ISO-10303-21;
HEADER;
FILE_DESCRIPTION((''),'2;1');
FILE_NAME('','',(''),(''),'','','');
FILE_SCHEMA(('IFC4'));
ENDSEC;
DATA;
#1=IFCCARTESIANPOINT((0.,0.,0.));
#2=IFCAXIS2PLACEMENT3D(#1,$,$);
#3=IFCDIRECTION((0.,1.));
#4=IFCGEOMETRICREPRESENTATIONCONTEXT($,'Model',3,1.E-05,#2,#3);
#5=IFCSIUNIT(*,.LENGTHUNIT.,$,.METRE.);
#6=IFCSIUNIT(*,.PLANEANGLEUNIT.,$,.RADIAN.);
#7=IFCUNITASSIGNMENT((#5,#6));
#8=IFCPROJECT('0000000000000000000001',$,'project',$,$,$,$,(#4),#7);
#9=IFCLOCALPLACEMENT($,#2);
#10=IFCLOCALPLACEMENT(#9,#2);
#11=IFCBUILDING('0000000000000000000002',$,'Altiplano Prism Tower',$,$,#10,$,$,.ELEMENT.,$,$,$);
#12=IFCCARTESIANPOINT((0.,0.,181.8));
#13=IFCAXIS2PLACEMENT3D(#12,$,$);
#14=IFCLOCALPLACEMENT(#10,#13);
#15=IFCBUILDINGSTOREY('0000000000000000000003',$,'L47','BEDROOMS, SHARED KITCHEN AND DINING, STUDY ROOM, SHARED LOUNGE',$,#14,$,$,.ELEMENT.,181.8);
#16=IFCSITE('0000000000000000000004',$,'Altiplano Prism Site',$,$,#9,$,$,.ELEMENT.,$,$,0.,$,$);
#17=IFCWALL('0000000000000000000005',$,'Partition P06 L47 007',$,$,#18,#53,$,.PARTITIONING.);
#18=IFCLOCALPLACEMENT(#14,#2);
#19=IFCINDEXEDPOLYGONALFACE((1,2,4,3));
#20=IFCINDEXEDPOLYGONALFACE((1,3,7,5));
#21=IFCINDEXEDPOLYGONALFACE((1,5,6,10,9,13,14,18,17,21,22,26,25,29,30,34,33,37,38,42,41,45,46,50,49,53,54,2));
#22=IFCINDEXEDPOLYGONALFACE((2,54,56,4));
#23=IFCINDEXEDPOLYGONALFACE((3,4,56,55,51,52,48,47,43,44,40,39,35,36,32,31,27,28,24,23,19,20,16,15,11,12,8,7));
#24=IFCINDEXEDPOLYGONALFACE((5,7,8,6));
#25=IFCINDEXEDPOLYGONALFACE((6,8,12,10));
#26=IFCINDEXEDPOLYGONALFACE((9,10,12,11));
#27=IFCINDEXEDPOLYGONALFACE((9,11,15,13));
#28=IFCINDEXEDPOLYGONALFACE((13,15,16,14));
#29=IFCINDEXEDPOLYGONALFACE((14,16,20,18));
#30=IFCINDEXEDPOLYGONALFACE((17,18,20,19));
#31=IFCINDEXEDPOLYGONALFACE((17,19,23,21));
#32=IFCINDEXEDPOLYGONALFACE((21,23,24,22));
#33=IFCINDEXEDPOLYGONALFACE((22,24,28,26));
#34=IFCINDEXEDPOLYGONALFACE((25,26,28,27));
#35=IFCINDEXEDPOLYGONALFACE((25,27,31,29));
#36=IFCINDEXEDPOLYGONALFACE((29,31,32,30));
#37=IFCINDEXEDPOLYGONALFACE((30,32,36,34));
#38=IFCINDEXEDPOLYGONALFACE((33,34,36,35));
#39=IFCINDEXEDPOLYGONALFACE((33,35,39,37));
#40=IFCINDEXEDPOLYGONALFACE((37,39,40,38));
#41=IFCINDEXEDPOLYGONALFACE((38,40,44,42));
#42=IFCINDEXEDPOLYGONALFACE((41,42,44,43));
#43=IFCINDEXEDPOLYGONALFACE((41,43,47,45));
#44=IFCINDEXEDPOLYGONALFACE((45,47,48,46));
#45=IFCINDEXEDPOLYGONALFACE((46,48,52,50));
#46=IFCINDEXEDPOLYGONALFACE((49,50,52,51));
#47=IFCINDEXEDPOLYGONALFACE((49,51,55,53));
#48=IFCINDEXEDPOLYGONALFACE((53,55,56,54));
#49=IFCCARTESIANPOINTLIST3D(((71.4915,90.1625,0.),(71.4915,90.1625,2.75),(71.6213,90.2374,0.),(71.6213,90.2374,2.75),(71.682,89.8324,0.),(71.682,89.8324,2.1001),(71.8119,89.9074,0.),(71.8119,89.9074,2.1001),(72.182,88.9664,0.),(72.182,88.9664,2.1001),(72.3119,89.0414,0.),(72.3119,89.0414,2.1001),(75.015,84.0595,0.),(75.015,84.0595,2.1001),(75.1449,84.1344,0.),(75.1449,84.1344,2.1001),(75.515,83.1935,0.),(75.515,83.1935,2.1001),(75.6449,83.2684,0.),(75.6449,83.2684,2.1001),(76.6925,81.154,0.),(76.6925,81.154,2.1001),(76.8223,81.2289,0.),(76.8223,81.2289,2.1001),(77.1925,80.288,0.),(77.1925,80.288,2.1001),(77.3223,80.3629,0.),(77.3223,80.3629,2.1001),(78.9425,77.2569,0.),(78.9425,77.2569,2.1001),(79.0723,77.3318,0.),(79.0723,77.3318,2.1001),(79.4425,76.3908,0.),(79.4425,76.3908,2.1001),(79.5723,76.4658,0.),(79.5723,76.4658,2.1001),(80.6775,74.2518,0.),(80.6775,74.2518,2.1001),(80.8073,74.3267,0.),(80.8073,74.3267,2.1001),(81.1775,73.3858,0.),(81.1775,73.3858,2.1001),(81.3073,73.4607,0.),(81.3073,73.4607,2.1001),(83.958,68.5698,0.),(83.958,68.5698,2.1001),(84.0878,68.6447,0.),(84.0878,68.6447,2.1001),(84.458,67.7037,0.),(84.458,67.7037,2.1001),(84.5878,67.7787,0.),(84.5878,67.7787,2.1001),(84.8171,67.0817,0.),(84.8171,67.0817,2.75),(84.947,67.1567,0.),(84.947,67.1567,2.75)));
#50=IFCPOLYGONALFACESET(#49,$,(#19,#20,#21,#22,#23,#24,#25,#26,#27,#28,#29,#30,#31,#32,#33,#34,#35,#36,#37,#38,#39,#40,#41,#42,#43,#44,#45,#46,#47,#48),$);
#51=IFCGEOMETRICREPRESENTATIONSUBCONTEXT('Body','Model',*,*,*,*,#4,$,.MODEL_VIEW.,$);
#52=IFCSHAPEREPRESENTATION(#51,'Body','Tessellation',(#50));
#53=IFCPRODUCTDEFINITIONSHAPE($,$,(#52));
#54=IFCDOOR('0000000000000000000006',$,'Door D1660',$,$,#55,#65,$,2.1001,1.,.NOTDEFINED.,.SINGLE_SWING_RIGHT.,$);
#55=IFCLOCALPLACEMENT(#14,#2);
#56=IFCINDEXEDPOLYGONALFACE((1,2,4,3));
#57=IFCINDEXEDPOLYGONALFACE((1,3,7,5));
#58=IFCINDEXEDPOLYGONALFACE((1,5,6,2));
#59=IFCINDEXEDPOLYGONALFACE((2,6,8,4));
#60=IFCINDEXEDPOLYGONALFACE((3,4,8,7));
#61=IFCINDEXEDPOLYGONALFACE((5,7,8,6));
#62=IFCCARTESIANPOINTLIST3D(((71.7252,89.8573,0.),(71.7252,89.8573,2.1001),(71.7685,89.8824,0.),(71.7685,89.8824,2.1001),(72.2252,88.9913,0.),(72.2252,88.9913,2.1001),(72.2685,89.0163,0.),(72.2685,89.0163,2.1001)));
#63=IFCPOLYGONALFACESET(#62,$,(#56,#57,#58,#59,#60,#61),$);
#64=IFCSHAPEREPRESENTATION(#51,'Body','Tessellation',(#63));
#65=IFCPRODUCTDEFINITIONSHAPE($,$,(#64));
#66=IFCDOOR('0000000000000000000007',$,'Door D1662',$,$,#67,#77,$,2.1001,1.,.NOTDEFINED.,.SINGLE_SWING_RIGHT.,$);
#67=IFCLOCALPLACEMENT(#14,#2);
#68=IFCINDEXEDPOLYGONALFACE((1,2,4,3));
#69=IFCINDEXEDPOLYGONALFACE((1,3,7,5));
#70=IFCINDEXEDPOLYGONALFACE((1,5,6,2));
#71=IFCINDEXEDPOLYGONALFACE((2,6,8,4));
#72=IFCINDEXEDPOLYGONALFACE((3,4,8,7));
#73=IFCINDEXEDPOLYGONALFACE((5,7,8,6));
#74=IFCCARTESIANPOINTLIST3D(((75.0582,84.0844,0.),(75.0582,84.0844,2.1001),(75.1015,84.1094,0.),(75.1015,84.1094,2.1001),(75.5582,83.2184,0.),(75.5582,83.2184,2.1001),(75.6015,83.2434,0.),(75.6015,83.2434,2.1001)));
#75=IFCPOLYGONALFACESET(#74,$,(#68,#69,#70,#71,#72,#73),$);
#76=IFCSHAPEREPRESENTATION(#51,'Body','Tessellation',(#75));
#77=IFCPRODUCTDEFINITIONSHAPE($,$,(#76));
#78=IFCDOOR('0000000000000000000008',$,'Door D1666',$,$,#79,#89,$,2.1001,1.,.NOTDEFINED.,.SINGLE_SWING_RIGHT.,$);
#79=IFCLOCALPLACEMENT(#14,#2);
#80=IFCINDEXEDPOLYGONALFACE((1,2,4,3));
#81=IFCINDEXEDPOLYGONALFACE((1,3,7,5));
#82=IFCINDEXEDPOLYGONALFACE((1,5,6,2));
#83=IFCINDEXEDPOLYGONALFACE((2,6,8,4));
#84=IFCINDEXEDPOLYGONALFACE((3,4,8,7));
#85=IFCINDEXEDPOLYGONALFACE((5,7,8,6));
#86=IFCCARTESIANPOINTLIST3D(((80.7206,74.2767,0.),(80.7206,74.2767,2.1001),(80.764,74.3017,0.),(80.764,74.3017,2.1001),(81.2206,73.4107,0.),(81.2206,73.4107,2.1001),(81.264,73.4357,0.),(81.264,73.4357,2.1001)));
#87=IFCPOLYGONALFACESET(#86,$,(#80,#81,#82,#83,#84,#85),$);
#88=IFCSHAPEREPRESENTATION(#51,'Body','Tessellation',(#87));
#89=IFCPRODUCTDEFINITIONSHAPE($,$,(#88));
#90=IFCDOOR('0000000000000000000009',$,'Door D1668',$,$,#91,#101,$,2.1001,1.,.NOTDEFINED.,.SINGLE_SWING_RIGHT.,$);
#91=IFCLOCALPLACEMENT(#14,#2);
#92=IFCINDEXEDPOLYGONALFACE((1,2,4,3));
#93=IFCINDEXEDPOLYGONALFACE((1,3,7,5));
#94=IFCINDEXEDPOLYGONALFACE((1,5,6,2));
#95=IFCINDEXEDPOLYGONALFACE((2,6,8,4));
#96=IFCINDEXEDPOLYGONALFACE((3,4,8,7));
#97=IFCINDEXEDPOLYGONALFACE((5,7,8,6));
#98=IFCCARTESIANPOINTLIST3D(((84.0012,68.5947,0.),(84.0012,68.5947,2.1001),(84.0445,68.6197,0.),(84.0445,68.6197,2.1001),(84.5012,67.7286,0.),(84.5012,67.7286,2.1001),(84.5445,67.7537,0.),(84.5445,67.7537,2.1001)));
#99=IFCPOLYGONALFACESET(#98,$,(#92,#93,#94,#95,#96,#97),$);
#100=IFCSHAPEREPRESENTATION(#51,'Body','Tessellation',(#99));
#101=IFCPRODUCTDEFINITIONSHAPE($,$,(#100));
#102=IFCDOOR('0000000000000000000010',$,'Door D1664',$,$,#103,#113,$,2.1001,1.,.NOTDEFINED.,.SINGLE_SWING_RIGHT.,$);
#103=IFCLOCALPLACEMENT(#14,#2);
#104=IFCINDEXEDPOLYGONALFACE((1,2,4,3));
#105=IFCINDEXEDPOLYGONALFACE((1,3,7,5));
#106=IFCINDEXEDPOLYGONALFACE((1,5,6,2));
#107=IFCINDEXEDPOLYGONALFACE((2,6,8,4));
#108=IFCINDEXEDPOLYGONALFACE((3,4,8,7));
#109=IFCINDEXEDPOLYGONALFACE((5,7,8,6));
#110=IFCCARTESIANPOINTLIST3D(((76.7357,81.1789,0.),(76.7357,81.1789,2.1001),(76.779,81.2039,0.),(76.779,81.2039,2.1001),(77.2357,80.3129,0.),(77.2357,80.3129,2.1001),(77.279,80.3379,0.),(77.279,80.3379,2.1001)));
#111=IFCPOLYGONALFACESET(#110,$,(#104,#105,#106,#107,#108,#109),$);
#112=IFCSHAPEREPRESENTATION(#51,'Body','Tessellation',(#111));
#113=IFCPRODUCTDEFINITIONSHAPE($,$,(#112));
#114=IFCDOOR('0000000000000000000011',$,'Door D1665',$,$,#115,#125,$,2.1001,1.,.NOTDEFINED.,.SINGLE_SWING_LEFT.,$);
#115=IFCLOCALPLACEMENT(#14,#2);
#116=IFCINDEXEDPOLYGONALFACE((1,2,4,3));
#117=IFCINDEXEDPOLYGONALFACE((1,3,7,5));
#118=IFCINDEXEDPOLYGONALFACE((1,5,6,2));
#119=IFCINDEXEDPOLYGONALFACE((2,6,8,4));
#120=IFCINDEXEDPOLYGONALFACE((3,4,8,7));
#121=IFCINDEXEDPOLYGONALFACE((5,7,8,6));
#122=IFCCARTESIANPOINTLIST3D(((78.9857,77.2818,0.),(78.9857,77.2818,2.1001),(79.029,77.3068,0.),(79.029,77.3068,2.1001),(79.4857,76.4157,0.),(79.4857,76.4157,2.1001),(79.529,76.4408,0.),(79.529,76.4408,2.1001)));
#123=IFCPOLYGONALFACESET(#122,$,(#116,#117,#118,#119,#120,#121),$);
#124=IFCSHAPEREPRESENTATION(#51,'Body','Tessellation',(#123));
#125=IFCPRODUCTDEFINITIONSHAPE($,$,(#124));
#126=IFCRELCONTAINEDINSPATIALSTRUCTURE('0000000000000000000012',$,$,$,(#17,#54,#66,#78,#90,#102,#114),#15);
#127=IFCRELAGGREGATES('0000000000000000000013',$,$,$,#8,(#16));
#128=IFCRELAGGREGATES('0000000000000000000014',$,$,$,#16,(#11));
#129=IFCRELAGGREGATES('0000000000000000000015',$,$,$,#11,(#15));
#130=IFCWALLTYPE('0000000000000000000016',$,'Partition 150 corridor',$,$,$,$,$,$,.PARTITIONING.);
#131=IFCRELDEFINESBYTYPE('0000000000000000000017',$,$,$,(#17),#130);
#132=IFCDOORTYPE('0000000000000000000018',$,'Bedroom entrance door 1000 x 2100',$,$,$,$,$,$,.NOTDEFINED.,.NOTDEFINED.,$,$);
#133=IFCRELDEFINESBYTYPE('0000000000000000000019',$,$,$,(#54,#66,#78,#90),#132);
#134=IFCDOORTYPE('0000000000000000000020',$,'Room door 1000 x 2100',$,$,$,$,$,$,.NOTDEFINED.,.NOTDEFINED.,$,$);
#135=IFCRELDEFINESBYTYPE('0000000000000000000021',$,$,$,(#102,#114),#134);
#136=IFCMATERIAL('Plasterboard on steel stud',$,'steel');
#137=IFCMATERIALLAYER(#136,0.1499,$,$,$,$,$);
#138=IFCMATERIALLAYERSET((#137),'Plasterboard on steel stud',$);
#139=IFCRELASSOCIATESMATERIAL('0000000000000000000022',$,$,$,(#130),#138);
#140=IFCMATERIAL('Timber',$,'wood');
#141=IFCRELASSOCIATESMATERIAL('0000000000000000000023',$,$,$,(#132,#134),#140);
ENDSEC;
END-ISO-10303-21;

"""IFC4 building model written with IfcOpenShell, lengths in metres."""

from ifc_helpers import new_model, si_unit, direction, frame, frame_2d, origin, place, context, subcontext, project, spatial, rectangle, extrude, material, layer, layer_set, type_object, element, fill, save


model = new_model("IFC4")

# Units and contexts
model_context = context("Model", 3, precision=1e-05, world=origin(), true_north=direction((0.0, 1.0)))
body_context = subcontext(model_context, "Body", "Model", "MODEL_VIEW")
ifc_project = project(units=[si_unit("LENGTHUNIT", "METRE"), si_unit("PLANEANGLEUNIT", "RADIAN")], contexts=[model_context])

# Site, building, storey
site_placement = place(None, origin())
site = spatial("IfcSite", under=ifc_project, at=site_placement, Name="Altiplano Prism Site", CompositionType="ELEMENT", RefElevation=0.0)
building_placement = place(site_placement, origin())
building = spatial("IfcBuilding", under=site, at=building_placement, Name="Altiplano Prism Tower", CompositionType="ELEMENT")
storey_placement = place(building_placement, frame((0.0, 0.0, 181.8)))
storey = spatial("IfcBuildingStorey", under=building, at=storey_placement, Name="L47", Description="BEDROOMS, SHARED KITCHEN AND DINING, STUDY ROOM, SHARED LOUNGE", CompositionType="ELEMENT", Elevation=181.8)

# Shared definitions
ifc_material_1 = material(Name="Plasterboard on steel stud", Category="steel")

# Shared definitions
ifc_material_2 = material(Name="Timber", Category="wood")

# Shared definitions
ifc_layer_1 = layer(ifc_material_1, 0.1499)
ifc_layer_set_1 = layer_set([ifc_layer_1], Name="Plasterboard on steel stud")
wall_type_1 = type_object("IfcWallType", Name="Partition 150 corridor", PredefinedType="PARTITIONING", material=ifc_layer_set_1)

# Wall, openings, doors
wall_1_placement = place(storey_placement, frame((71.5564, 90.2, 0.0), z_axis=(0.0, 0.0, 1.0), x_axis=(0.499999, -0.866026, 0.0)))
wall_1 = element("IfcWall", 1, at=wall_1_placement, inside=storey, type_object=wall_type_1, Name="Partition P06 L47 007", PredefinedType="PARTITIONING", context=body_context, shape_type="SweptSolid", body=[
    extrude(rectangle(XDim=26.6514, YDim=0.1499, at=frame_2d((13.3257, 0.0))), origin(), (0.0, 0.0, 1.0), 2.75),
])
opening_1_placement = place(wall_1_placement, frame((0.3811, 0.0, 0.0)))
opening_1 = element("IfcOpeningElement", 2, at=opening_1_placement, cuts=wall_1, PredefinedType="OPENING", context=body_context, shape_type="SweptSolid", body=[
    extrude(rectangle(XDim=1.0, YDim=2.1001, at=frame_2d((0.5, 1.05))), frame((0.0, 0.0854, 0.0), z_axis=(0.0, -1.0, 0.0), x_axis=(1.0, 0.0, 0.0)), (0.0, 0.0, 1.0), 0.1709),
])
opening_2_placement = place(wall_1_placement, frame((7.0471, 0.0, 0.0)))
opening_2 = element("IfcOpeningElement", 3, at=opening_2_placement, cuts=wall_1, PredefinedType="OPENING", context=body_context, shape_type="SweptSolid", body=[
    extrude(rectangle(XDim=1.0, YDim=2.1001, at=frame_2d((0.5, 1.05))), frame((0.0, 0.0854, 0.0), z_axis=(0.0, -1.0, 0.0), x_axis=(1.0, 0.0, 0.0)), (0.0, 0.0, 1.0), 0.1709),
])
opening_3_placement = place(wall_1_placement, frame((10.4021, 0.0, 0.0)))
opening_3 = element("IfcOpeningElement", 4, at=opening_3_placement, cuts=wall_1, PredefinedType="OPENING", context=body_context, shape_type="SweptSolid", body=[
    extrude(rectangle(XDim=1.0, YDim=2.1001, at=frame_2d((0.5, 1.05))), frame((0.0, 0.0854, 0.0), z_axis=(0.0, -1.0, 0.0), x_axis=(1.0, 0.0, 0.0)), (0.0, 0.0, 1.0), 0.1709),
])
opening_4_placement = place(wall_1_placement, frame((14.9021, 0.0, 0.0)))
opening_4 = element("IfcOpeningElement", 5, at=opening_4_placement, cuts=wall_1, PredefinedType="OPENING", context=body_context, shape_type="SweptSolid", body=[
    extrude(rectangle(XDim=1.0, YDim=2.1001, at=frame_2d((0.5, 1.05))), frame((0.0, 0.0854, 0.0), z_axis=(0.0, -1.0, 0.0), x_axis=(1.0, 0.0, 0.0)), (0.0, 0.0, 1.0), 0.1709),
])
opening_5_placement = place(wall_1_placement, frame((18.3721, 0.0, 0.0)))
opening_5 = element("IfcOpeningElement", 6, at=opening_5_placement, cuts=wall_1, PredefinedType="OPENING", context=body_context, shape_type="SweptSolid", body=[
    extrude(rectangle(XDim=1.0, YDim=2.1001, at=frame_2d((0.5, 1.05))), frame((0.0, 0.0854, 0.0), z_axis=(0.0, -1.0, 0.0), x_axis=(1.0, 0.0, 0.0)), (0.0, 0.0, 1.0), 0.1709),
])
opening_6_placement = place(wall_1_placement, frame((24.9331, 0.0, 0.0)))
opening_6 = element("IfcOpeningElement", 7, at=opening_6_placement, cuts=wall_1, PredefinedType="OPENING", context=body_context, shape_type="SweptSolid", body=[
    extrude(rectangle(XDim=1.0, YDim=2.1001, at=frame_2d((0.5, 1.05))), frame((0.0, 0.0854, 0.0), z_axis=(0.0, -1.0, 0.0), x_axis=(1.0, 0.0, 0.0)), (0.0, 0.0, 1.0), 0.1709),
])
door_type_1 = type_object("IfcDoorType", Name="Bedroom entrance door 1000 x 2100", OperationType="NOTDEFINED", PredefinedType="NOTDEFINED", material=ifc_material_2)
door_1_placement = place(opening_1_placement, origin())
door_1 = element("IfcDoor", 8, at=door_1_placement, inside=storey, type_object=door_type_1, Name="Door D1660", OperationType="SINGLE_SWING_RIGHT", OverallHeight=2.1001, OverallWidth=1.0, PredefinedType="NOTDEFINED", context=body_context, shape_type="SweptSolid", body=[
    extrude(rectangle(XDim=1.0, YDim=2.1001, at=frame_2d((0.5, 1.05))), frame((0.0, 0.0249, 0.0), z_axis=(0.0, -1.0, 0.0), x_axis=(1.0, 0.0, 0.0)), (0.0, 0.0, 1.0), 0.05),
])
fill(opening_1, door_1)
door_2_placement = place(opening_2_placement, origin())
door_2 = element("IfcDoor", 9, at=door_2_placement, inside=storey, type_object=door_type_1, Name="Door D1662", OperationType="SINGLE_SWING_RIGHT", OverallHeight=2.1001, OverallWidth=1.0, PredefinedType="NOTDEFINED", context=body_context, shape_type="SweptSolid", body=[
    extrude(rectangle(XDim=1.0, YDim=2.1001, at=frame_2d((0.5, 1.05))), frame((0.0, 0.0249, 0.0), z_axis=(0.0, -1.0, 0.0), x_axis=(1.0, 0.0, 0.0)), (0.0, 0.0, 1.0), 0.05),
])
fill(opening_2, door_2)
door_3_placement = place(opening_5_placement, origin())
door_3 = element("IfcDoor", 10, at=door_3_placement, inside=storey, type_object=door_type_1, Name="Door D1666", OperationType="SINGLE_SWING_RIGHT", OverallHeight=2.1001, OverallWidth=1.0, PredefinedType="NOTDEFINED", context=body_context, shape_type="SweptSolid", body=[
    extrude(rectangle(XDim=1.0, YDim=2.1001, at=frame_2d((0.5, 1.05))), frame((0.0, 0.0249, 0.0), z_axis=(0.0, -1.0, 0.0), x_axis=(1.0, 0.0, 0.0)), (0.0, 0.0, 1.0), 0.05),
])
fill(opening_5, door_3)
door_4_placement = place(opening_6_placement, origin())
door_4 = element("IfcDoor", 11, at=door_4_placement, inside=storey, type_object=door_type_1, Name="Door D1668", OperationType="SINGLE_SWING_RIGHT", OverallHeight=2.1001, OverallWidth=1.0, PredefinedType="NOTDEFINED", context=body_context, shape_type="SweptSolid", body=[
    extrude(rectangle(XDim=1.0, YDim=2.1001, at=frame_2d((0.5, 1.05))), frame((0.0, 0.0249, 0.0), z_axis=(0.0, -1.0, 0.0), x_axis=(1.0, 0.0, 0.0)), (0.0, 0.0, 1.0), 0.05),
])
fill(opening_6, door_4)
door_type_2 = type_object("IfcDoorType", Name="Room door 1000 x 2100", OperationType="NOTDEFINED", PredefinedType="NOTDEFINED", material=ifc_material_2)
door_5_placement = place(opening_3_placement, origin())
door_5 = element("IfcDoor", 12, at=door_5_placement, inside=storey, type_object=door_type_2, Name="Door D1664", OperationType="SINGLE_SWING_RIGHT", OverallHeight=2.1001, OverallWidth=1.0, PredefinedType="NOTDEFINED", context=body_context, shape_type="SweptSolid", body=[
    extrude(rectangle(XDim=1.0, YDim=2.1001, at=frame_2d((0.5, 1.05))), frame((0.0, 0.0249, 0.0), z_axis=(0.0, -1.0, 0.0), x_axis=(1.0, 0.0, 0.0)), (0.0, 0.0, 1.0), 0.05),
])
fill(opening_3, door_5)
door_6_placement = place(opening_4_placement, origin())
door_6 = element("IfcDoor", 13, at=door_6_placement, inside=storey, type_object=door_type_2, Name="Door D1665", OperationType="SINGLE_SWING_LEFT", OverallHeight=2.1001, OverallWidth=1.0, PredefinedType="NOTDEFINED", context=body_context, shape_type="SweptSolid", body=[
    extrude(rectangle(XDim=1.0, YDim=2.1001, at=frame_2d((0.5, 1.05))), frame((0.0, 0.0249, 0.0), z_axis=(0.0, -1.0, 0.0), x_axis=(1.0, 0.0, 0.0)), (0.0, 0.0, 1.0), 0.05),
])
fill(opening_4, door_6)

save(model, "model.ifc")
